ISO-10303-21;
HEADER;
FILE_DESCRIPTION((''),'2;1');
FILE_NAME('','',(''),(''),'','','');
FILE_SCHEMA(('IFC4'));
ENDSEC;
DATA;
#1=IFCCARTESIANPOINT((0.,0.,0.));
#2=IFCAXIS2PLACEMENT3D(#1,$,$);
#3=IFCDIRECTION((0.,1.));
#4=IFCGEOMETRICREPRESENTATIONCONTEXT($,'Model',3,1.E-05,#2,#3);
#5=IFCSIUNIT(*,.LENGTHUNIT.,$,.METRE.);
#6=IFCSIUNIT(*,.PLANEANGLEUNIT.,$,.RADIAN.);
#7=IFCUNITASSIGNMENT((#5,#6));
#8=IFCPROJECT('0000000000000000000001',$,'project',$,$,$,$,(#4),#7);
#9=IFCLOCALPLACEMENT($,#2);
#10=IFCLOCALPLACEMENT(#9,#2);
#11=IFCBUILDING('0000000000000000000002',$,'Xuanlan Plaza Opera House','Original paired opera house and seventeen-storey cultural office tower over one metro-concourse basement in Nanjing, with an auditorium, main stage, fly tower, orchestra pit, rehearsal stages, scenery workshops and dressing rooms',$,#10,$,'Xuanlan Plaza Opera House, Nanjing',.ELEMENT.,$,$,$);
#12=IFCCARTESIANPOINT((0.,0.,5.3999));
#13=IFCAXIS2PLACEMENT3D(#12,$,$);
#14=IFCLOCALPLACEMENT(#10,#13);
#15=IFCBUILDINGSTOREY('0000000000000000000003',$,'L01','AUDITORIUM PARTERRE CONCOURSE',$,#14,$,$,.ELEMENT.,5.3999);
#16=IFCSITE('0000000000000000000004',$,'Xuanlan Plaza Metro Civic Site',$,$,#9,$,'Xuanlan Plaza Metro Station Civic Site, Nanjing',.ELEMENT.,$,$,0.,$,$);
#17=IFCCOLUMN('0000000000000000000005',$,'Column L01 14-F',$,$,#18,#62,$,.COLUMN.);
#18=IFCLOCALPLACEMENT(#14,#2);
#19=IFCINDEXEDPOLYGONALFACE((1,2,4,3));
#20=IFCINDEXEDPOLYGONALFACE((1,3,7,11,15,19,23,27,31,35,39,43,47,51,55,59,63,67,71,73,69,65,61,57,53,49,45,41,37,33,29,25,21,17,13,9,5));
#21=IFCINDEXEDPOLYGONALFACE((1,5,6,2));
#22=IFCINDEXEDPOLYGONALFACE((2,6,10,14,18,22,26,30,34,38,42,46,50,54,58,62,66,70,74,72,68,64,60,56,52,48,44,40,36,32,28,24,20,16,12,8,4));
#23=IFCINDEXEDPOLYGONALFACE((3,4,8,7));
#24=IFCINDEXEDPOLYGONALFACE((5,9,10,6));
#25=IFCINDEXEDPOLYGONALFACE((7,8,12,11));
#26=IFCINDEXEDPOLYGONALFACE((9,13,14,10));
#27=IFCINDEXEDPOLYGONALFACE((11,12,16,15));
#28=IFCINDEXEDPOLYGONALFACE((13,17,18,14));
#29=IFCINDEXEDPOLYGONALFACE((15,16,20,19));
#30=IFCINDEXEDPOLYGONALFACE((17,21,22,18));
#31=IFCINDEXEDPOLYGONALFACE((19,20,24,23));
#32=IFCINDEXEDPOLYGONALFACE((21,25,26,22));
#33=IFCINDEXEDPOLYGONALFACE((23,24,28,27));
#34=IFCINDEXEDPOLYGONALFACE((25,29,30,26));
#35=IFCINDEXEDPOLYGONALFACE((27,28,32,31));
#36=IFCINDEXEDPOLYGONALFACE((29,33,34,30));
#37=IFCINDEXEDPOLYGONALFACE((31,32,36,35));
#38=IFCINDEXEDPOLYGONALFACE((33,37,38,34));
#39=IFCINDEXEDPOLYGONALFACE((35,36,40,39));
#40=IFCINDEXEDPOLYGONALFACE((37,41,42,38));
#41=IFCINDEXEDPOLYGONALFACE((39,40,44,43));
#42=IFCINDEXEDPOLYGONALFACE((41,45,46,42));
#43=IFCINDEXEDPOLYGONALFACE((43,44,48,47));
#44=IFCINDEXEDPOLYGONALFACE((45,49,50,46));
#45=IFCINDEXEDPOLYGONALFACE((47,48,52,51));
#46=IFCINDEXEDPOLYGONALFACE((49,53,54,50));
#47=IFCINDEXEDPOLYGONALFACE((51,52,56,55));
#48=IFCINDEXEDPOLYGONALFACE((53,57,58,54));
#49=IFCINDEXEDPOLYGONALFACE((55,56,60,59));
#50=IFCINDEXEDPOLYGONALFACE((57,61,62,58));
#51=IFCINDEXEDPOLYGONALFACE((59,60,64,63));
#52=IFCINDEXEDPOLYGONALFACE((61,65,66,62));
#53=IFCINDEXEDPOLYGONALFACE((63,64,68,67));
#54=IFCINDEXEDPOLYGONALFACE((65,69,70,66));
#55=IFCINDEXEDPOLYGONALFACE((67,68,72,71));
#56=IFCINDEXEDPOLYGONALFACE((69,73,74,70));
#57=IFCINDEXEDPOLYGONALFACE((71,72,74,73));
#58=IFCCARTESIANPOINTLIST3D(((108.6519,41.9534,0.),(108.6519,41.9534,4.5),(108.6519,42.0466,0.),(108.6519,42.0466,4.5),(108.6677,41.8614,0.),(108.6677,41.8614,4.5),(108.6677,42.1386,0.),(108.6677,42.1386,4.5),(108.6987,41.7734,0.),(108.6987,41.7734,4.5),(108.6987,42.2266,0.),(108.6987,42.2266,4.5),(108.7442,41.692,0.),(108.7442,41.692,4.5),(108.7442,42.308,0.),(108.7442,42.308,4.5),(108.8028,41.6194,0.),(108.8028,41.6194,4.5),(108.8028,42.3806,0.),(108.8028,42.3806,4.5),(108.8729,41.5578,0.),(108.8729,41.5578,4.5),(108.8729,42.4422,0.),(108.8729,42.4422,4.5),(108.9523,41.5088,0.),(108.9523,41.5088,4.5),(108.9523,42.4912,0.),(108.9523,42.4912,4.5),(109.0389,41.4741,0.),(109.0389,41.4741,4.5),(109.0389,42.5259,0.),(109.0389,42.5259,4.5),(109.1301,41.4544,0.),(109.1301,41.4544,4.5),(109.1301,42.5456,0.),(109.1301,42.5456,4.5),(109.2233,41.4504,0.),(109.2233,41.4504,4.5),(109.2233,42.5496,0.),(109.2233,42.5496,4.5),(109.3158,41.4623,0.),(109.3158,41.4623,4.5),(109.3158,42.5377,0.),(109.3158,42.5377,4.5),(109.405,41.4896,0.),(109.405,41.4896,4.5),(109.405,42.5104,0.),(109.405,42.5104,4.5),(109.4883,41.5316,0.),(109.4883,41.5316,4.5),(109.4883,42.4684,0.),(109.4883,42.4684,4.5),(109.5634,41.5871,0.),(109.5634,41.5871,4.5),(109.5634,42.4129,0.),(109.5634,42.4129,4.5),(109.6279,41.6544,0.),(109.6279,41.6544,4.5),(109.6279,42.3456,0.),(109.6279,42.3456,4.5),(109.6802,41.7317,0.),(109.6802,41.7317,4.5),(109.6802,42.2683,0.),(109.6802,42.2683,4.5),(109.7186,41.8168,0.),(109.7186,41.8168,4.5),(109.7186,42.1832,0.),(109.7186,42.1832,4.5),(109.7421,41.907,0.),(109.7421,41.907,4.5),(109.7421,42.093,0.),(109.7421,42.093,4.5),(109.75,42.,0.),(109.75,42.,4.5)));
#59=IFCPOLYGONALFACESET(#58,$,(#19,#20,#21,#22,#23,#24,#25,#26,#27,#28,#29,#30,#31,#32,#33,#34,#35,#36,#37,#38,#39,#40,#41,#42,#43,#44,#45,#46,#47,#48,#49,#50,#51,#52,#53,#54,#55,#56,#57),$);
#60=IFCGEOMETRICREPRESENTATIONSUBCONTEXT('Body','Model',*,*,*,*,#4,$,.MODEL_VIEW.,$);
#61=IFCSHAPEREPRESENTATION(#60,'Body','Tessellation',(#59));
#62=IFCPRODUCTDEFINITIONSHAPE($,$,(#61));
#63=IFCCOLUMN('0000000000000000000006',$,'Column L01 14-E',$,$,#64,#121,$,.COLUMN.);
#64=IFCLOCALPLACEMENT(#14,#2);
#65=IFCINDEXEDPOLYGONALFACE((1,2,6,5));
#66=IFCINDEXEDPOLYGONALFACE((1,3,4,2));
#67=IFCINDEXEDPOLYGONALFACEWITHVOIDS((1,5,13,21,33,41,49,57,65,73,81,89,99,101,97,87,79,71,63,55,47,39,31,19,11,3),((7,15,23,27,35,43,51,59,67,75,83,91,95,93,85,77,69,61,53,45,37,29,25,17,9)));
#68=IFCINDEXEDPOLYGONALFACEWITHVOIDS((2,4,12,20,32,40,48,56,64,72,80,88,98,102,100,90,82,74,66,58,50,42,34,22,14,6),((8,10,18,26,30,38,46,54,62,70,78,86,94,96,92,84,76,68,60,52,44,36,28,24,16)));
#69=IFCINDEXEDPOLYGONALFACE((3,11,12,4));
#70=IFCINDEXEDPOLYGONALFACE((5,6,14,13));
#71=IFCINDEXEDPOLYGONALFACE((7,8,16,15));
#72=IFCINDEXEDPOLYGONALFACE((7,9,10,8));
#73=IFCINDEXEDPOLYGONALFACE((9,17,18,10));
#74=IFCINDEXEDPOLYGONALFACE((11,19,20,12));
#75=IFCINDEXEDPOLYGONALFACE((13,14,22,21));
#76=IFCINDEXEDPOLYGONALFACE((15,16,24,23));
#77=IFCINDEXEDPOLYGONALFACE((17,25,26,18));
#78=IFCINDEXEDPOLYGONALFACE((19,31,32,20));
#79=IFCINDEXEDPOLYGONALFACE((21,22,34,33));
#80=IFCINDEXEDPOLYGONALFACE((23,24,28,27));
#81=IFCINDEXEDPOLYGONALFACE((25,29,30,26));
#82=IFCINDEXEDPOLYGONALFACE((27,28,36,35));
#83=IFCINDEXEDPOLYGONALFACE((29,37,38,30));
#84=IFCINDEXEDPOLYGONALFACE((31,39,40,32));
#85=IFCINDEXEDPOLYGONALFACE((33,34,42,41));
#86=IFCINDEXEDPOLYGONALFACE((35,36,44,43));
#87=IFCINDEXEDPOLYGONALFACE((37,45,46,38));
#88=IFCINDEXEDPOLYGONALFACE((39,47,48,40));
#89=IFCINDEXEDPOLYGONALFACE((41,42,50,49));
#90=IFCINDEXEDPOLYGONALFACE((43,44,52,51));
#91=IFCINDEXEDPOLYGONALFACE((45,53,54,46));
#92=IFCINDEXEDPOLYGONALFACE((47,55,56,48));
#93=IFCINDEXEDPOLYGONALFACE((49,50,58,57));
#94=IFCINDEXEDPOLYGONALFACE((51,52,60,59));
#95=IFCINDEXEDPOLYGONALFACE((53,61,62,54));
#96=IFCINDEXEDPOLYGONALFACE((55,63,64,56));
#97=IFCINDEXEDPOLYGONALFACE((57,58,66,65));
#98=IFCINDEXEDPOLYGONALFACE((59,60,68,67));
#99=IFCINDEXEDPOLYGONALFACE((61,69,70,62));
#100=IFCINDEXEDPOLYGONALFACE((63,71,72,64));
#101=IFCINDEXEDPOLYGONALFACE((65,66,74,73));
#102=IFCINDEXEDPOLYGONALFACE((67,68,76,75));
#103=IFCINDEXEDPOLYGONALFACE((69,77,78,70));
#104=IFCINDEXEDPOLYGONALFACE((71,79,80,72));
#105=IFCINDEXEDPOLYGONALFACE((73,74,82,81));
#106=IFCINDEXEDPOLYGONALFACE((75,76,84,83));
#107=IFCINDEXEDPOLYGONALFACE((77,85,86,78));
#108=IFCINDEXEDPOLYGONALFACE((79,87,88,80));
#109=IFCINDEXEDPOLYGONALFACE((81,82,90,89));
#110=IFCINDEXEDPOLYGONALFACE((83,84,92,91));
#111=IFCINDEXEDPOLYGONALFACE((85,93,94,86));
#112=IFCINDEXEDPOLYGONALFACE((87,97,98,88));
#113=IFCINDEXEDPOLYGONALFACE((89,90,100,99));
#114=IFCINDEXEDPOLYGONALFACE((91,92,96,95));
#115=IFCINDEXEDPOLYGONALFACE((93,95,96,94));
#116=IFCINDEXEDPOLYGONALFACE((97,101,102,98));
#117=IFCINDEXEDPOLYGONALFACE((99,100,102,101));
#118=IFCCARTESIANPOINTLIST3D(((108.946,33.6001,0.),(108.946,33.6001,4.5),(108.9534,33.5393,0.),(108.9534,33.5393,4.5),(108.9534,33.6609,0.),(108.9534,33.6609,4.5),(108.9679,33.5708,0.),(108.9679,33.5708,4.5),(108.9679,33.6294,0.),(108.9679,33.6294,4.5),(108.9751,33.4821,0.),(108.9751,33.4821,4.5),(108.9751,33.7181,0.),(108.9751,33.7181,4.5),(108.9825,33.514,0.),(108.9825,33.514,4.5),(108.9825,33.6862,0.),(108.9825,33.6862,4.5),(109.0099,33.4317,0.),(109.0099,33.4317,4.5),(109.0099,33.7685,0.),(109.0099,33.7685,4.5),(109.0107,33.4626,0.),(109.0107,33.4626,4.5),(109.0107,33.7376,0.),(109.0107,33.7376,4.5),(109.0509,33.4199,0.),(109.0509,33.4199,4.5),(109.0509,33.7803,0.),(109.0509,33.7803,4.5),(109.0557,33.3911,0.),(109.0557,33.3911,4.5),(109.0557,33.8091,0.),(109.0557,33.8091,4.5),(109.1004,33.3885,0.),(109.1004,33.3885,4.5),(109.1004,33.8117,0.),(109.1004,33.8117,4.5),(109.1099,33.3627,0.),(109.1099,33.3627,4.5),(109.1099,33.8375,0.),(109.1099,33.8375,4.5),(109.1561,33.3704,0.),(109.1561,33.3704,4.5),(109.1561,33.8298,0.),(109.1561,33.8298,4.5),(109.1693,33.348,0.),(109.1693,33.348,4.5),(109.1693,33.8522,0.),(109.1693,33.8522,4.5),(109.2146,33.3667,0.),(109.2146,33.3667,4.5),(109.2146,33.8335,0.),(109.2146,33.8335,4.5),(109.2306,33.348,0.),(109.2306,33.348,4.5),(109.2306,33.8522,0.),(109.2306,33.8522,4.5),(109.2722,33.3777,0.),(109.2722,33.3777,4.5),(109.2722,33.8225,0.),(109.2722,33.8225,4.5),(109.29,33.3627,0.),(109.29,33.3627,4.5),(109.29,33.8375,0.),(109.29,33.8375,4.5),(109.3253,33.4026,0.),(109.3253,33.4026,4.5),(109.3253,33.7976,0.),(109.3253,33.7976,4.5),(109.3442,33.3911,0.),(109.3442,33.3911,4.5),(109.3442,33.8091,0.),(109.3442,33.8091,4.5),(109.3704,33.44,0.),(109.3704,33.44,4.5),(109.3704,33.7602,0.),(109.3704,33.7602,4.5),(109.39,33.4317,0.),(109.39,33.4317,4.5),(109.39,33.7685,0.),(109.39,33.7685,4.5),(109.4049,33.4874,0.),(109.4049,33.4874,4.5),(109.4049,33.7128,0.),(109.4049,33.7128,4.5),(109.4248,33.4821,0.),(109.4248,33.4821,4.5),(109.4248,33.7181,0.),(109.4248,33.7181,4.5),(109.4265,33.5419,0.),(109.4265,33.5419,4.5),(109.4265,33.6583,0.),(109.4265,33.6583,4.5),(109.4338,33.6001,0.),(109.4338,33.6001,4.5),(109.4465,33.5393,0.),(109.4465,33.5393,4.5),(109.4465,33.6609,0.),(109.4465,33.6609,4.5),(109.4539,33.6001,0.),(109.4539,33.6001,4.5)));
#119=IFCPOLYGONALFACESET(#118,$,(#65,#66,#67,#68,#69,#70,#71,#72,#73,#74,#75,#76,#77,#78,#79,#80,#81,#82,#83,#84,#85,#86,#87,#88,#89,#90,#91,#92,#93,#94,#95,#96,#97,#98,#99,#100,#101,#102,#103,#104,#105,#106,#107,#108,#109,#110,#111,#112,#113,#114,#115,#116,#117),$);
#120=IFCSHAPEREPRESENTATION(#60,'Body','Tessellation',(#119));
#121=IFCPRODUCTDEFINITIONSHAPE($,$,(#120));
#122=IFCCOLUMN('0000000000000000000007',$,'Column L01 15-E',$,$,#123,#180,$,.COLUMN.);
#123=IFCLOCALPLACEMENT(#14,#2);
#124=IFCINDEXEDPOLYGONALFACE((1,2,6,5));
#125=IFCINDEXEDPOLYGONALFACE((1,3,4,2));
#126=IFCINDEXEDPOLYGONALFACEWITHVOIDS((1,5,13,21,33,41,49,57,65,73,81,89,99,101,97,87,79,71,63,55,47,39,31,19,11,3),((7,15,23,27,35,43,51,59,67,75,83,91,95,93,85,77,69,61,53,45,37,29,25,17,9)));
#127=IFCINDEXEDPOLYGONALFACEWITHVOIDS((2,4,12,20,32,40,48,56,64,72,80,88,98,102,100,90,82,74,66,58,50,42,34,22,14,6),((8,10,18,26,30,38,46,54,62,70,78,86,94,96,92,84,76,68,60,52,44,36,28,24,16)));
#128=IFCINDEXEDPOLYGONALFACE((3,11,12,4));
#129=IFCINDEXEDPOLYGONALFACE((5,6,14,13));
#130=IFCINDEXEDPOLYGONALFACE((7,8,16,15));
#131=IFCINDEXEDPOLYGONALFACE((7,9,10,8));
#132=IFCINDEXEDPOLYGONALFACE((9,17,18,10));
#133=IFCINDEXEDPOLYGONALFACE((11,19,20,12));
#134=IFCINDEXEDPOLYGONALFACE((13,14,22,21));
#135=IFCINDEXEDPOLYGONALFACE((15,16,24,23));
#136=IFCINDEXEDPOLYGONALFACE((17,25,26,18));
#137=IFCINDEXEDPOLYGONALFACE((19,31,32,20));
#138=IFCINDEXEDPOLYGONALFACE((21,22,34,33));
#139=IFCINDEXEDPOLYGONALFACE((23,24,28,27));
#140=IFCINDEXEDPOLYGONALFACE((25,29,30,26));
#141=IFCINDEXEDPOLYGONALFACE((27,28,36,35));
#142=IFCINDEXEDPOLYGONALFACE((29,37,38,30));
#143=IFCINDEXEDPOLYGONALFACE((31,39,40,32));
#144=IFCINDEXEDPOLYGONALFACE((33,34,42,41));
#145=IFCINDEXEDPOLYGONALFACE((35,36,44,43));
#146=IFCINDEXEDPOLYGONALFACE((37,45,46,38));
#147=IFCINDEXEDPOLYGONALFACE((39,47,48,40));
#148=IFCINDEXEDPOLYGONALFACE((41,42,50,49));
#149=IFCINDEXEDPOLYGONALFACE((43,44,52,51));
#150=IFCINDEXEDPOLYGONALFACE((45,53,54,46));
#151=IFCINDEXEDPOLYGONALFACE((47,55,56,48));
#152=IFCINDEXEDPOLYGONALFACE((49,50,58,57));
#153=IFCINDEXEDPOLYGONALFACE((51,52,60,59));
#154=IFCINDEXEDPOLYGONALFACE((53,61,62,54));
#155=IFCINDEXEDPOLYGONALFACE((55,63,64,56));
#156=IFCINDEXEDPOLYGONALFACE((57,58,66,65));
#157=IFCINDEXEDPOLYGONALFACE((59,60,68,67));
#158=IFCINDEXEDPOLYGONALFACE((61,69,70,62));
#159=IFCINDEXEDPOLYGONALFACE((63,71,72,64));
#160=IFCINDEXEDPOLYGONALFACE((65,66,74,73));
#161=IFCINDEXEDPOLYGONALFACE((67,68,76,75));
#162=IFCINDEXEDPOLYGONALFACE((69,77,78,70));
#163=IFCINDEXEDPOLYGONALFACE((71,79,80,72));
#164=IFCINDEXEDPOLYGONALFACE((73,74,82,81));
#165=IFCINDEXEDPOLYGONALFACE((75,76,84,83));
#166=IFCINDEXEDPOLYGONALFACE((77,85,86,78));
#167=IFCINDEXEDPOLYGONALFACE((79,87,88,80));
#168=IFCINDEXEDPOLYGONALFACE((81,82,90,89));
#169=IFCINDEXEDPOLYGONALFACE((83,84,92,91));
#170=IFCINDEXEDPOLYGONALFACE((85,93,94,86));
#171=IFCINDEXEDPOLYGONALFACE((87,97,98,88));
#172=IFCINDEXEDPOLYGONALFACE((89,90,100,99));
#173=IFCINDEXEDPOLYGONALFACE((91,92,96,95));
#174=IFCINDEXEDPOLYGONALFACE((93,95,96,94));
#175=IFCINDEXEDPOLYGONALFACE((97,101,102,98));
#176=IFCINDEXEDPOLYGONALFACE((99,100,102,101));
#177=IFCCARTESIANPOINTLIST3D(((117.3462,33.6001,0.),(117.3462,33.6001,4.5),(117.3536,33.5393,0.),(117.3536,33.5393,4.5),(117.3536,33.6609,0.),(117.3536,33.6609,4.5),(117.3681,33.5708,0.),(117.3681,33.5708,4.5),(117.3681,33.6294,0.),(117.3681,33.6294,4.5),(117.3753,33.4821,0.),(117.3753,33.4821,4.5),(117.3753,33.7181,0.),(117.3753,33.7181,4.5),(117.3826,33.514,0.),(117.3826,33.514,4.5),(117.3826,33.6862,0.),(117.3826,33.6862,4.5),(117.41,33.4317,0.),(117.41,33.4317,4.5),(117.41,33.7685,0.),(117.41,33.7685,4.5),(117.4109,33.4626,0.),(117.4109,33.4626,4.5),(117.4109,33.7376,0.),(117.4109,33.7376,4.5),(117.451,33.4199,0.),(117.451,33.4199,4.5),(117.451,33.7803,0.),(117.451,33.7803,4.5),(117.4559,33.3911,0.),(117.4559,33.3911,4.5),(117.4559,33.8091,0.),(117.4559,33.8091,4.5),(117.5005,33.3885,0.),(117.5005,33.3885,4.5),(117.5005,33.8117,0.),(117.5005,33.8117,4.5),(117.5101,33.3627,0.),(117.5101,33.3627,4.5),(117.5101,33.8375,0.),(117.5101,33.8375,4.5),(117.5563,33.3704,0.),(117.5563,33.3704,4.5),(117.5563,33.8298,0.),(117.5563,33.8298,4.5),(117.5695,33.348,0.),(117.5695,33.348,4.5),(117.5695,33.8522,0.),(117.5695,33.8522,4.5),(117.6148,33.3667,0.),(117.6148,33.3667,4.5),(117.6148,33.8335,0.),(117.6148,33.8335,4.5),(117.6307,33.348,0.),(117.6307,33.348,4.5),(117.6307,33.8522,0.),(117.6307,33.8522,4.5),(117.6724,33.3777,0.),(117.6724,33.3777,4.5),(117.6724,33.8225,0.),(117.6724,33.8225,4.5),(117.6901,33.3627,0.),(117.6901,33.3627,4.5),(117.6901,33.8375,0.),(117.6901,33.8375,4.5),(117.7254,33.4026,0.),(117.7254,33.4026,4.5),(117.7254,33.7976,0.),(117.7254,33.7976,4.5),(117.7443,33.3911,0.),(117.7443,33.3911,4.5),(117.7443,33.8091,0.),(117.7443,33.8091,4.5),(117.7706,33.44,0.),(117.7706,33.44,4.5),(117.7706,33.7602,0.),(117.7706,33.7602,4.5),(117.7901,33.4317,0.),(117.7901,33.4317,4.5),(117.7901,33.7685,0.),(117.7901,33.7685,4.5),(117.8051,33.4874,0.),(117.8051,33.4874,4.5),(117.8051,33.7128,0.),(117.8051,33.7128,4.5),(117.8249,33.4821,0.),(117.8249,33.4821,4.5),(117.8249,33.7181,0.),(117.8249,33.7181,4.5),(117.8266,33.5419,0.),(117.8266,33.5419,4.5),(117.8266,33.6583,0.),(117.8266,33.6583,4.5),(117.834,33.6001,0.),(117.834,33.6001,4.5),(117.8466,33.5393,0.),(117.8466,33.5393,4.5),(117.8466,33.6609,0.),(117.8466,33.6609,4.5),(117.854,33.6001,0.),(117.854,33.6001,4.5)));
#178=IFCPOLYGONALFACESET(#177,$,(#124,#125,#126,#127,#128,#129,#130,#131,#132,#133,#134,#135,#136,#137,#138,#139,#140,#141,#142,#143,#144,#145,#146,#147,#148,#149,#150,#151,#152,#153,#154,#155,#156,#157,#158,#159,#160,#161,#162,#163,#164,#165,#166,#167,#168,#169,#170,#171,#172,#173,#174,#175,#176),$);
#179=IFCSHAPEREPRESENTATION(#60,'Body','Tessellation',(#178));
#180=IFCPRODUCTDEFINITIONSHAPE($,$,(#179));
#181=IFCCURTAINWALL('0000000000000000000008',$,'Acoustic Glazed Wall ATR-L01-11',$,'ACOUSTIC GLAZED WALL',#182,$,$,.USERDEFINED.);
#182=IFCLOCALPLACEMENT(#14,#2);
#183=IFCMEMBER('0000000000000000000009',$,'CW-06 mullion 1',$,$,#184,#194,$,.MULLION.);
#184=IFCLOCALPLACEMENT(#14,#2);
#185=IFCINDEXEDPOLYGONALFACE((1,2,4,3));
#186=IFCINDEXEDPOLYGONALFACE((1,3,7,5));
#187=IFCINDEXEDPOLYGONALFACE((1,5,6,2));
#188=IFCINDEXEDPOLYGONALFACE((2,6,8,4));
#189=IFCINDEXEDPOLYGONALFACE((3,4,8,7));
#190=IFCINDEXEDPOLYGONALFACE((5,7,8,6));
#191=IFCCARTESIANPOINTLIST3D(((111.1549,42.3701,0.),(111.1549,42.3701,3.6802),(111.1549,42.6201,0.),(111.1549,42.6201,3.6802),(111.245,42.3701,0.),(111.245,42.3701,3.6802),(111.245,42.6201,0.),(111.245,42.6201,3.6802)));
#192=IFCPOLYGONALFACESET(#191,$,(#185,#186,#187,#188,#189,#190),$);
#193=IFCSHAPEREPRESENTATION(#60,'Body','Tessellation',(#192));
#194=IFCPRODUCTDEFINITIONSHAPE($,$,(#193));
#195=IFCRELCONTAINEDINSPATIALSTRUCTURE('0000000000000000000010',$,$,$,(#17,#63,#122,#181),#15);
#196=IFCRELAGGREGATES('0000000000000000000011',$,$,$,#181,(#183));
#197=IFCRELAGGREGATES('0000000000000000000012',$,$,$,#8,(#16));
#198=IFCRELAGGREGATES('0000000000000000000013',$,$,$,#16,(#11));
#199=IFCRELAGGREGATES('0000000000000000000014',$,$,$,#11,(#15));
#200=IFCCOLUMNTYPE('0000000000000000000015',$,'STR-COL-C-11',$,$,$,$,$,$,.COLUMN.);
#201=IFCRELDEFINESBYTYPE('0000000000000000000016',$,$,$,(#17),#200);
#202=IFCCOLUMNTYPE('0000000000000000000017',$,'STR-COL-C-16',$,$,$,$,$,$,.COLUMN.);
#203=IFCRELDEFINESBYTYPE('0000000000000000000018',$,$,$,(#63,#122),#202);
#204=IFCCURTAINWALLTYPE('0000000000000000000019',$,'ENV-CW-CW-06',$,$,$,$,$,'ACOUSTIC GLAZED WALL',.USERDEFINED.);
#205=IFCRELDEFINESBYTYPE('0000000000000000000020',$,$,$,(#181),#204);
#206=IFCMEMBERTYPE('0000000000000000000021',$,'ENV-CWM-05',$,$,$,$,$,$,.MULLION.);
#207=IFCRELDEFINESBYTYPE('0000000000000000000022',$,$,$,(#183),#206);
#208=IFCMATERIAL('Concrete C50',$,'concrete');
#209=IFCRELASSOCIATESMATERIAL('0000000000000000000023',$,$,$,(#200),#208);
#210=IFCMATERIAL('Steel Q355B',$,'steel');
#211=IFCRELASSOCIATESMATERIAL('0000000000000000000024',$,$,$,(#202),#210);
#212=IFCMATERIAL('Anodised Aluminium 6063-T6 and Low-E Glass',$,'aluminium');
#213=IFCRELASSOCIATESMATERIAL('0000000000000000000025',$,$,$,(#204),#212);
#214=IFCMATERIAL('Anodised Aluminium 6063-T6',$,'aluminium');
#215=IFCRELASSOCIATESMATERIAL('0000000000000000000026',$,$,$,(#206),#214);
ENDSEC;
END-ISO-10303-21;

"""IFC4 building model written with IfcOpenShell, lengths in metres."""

from ifc_helpers import new_model, si_unit, direction, frame, origin, origin_2d, place, context, subcontext, project, spatial, rectangle, circle, hollow_circle, extrude, material, material_profile, profile_set, type_object, element, aggregate, save


model = new_model("IFC4")

# Units and contexts
model_context = context("Model", 3, precision=1e-05, world=origin(), true_north=direction((0.0, 1.0)))
body_context = subcontext(model_context, "Body", "Model", "MODEL_VIEW")
ifc_project = project(units=[si_unit("LENGTHUNIT", "METRE"), si_unit("PLANEANGLEUNIT", "RADIAN")], contexts=[model_context])

# Site, building, storey
site_placement = place(None, origin())
site = spatial("IfcSite", under=ifc_project, at=site_placement, Name="Xuanlan Plaza Metro Civic Site", LongName="Xuanlan Plaza Metro Station Civic Site, Nanjing", CompositionType="ELEMENT", RefElevation=0.0)
building_placement = place(site_placement, origin())
building = spatial("IfcBuilding", under=site, at=building_placement, Name="Xuanlan Plaza Opera House", Description="Original paired opera house and seventeen-storey cultural office tower over one metro-concourse basement in Nanjing, with an auditorium, main stage, fly tower, orchestra pit, rehearsal stages, scenery workshops and dressing rooms", LongName="Xuanlan Plaza Opera House, Nanjing", CompositionType="ELEMENT")
storey_placement = place(building_placement, frame((0.0, 0.0, 5.3999)))
storey = spatial("IfcBuildingStorey", under=building, at=storey_placement, Name="L01", Description="AUDITORIUM PARTERRE CONCOURSE", CompositionType="ELEMENT", Elevation=5.3999)

# Columns
ifc_material_1 = material(Name="Concrete C50", Category="concrete")
ifc_material_profile_1 = material_profile(ifc_material_1, circle(Radius=0.55, at=origin_2d()), Name="RC-COL D1100")
ifc_profile_set_1 = profile_set([ifc_material_profile_1], Name="Concrete C50")
column_type_1 = type_object("IfcColumnType", Name="STR-COL-C-11", PredefinedType="COLUMN", material=ifc_profile_set_1)
column_placement = place(storey_placement, frame((109.2, 42.0, 0.0), z_axis=(0.0, 0.0, 1.0), x_axis=(1.0, 0.0, 0.0)))
element("IfcColumn", 1, at=column_placement, inside=storey, type_object=column_type_1, Name="Column L01 14-F", PredefinedType="COLUMN", context=body_context, shape_type="SweptSolid", body=[
    extrude(circle(Radius=0.55, at=origin_2d()), origin(), (0.0, 0.0, 1.0), 4.5),
])
ifc_material_2 = material(Name="Steel Q355B", Category="steel")
ifc_material_profile_2 = material_profile(ifc_material_2, hollow_circle(Radius=0.2539, WallThickness=0.02, at=origin_2d()), Name="CHS 508x20")
ifc_profile_set_2 = profile_set([ifc_material_profile_2], Name="Steel Q355B")
column_type_2 = type_object("IfcColumnType", Name="STR-COL-C-16", PredefinedType="COLUMN", material=ifc_profile_set_2)
for number, where, z_axis, x_axis, name in (
    (2, (109.2, 33.6001, 0.0), (0.0, 0.0, 1.0), (1.0, 0.0, 0.0), "Column L01 14-E"),
    (3, (117.6001, 33.6001, 0.0), (0.0, 0.0, 1.0), (1.0, 0.0, 0.0), "Column L01 15-E"),
):
    element("IfcColumn", number, at=place(storey_placement, frame(where, z_axis=z_axis, x_axis=x_axis)), inside=storey, type_object=column_type_2, Name=name, PredefinedType="COLUMN", context=body_context, shape_type="SweptSolid", body=[
        extrude(hollow_circle(Radius=0.2539, WallThickness=0.02, at=origin_2d()), origin(), (0.0, 0.0, 1.0), 4.5),
    ])

# Curtain wall, member
ifc_material_3 = material(Name="Anodised Aluminium 6063-T6 and Low-E Glass", Category="aluminium")
curtain_wall_type = type_object("IfcCurtainWallType", Name="ENV-CW-CW-06", ElementType="ACOUSTIC GLAZED WALL", PredefinedType="USERDEFINED", material=ifc_material_3)
curtain_wall_1_placement = place(storey_placement, origin())
curtain_wall_1 = element("IfcCurtainWall", 4, at=curtain_wall_1_placement, inside=storey, type_object=curtain_wall_type, Name="Acoustic Glazed Wall ATR-L01-11", ObjectType="ACOUSTIC GLAZED WALL", PredefinedType="USERDEFINED")
ifc_material_4 = material(Name="Anodised Aluminium 6063-T6", Category="aluminium")
ifc_material_profile_3 = material_profile(ifc_material_4, rectangle(XDim=0.0901, YDim=0.25, at=origin_2d()), Name="ALU-M 90x250")
ifc_profile_set_3 = profile_set([ifc_material_profile_3], Name="Anodised Aluminium 6063-T6")
member_type_1 = type_object("IfcMemberType", Name="ENV-CWM-05", PredefinedType="MULLION", material=ifc_profile_set_3)
member_1_placement = place(storey_placement, frame((111.2, 42.4951, 0.0), z_axis=(0.0, 0.0, 1.0), x_axis=(-1.0, 0.0, 0.0)))
member_1 = element("IfcMember", 5, at=member_1_placement, type_object=member_type_1, Name="CW-06 mullion 1", PredefinedType="MULLION", context=body_context, shape_type="SweptSolid", body=[
    extrude(rectangle(XDim=0.0901, YDim=0.25, at=origin_2d()), origin(), (0.0, 0.0, 1.0), 3.6802),
])

aggregate(curtain_wall_1, [member_1])

save(model, "model.ifc")
